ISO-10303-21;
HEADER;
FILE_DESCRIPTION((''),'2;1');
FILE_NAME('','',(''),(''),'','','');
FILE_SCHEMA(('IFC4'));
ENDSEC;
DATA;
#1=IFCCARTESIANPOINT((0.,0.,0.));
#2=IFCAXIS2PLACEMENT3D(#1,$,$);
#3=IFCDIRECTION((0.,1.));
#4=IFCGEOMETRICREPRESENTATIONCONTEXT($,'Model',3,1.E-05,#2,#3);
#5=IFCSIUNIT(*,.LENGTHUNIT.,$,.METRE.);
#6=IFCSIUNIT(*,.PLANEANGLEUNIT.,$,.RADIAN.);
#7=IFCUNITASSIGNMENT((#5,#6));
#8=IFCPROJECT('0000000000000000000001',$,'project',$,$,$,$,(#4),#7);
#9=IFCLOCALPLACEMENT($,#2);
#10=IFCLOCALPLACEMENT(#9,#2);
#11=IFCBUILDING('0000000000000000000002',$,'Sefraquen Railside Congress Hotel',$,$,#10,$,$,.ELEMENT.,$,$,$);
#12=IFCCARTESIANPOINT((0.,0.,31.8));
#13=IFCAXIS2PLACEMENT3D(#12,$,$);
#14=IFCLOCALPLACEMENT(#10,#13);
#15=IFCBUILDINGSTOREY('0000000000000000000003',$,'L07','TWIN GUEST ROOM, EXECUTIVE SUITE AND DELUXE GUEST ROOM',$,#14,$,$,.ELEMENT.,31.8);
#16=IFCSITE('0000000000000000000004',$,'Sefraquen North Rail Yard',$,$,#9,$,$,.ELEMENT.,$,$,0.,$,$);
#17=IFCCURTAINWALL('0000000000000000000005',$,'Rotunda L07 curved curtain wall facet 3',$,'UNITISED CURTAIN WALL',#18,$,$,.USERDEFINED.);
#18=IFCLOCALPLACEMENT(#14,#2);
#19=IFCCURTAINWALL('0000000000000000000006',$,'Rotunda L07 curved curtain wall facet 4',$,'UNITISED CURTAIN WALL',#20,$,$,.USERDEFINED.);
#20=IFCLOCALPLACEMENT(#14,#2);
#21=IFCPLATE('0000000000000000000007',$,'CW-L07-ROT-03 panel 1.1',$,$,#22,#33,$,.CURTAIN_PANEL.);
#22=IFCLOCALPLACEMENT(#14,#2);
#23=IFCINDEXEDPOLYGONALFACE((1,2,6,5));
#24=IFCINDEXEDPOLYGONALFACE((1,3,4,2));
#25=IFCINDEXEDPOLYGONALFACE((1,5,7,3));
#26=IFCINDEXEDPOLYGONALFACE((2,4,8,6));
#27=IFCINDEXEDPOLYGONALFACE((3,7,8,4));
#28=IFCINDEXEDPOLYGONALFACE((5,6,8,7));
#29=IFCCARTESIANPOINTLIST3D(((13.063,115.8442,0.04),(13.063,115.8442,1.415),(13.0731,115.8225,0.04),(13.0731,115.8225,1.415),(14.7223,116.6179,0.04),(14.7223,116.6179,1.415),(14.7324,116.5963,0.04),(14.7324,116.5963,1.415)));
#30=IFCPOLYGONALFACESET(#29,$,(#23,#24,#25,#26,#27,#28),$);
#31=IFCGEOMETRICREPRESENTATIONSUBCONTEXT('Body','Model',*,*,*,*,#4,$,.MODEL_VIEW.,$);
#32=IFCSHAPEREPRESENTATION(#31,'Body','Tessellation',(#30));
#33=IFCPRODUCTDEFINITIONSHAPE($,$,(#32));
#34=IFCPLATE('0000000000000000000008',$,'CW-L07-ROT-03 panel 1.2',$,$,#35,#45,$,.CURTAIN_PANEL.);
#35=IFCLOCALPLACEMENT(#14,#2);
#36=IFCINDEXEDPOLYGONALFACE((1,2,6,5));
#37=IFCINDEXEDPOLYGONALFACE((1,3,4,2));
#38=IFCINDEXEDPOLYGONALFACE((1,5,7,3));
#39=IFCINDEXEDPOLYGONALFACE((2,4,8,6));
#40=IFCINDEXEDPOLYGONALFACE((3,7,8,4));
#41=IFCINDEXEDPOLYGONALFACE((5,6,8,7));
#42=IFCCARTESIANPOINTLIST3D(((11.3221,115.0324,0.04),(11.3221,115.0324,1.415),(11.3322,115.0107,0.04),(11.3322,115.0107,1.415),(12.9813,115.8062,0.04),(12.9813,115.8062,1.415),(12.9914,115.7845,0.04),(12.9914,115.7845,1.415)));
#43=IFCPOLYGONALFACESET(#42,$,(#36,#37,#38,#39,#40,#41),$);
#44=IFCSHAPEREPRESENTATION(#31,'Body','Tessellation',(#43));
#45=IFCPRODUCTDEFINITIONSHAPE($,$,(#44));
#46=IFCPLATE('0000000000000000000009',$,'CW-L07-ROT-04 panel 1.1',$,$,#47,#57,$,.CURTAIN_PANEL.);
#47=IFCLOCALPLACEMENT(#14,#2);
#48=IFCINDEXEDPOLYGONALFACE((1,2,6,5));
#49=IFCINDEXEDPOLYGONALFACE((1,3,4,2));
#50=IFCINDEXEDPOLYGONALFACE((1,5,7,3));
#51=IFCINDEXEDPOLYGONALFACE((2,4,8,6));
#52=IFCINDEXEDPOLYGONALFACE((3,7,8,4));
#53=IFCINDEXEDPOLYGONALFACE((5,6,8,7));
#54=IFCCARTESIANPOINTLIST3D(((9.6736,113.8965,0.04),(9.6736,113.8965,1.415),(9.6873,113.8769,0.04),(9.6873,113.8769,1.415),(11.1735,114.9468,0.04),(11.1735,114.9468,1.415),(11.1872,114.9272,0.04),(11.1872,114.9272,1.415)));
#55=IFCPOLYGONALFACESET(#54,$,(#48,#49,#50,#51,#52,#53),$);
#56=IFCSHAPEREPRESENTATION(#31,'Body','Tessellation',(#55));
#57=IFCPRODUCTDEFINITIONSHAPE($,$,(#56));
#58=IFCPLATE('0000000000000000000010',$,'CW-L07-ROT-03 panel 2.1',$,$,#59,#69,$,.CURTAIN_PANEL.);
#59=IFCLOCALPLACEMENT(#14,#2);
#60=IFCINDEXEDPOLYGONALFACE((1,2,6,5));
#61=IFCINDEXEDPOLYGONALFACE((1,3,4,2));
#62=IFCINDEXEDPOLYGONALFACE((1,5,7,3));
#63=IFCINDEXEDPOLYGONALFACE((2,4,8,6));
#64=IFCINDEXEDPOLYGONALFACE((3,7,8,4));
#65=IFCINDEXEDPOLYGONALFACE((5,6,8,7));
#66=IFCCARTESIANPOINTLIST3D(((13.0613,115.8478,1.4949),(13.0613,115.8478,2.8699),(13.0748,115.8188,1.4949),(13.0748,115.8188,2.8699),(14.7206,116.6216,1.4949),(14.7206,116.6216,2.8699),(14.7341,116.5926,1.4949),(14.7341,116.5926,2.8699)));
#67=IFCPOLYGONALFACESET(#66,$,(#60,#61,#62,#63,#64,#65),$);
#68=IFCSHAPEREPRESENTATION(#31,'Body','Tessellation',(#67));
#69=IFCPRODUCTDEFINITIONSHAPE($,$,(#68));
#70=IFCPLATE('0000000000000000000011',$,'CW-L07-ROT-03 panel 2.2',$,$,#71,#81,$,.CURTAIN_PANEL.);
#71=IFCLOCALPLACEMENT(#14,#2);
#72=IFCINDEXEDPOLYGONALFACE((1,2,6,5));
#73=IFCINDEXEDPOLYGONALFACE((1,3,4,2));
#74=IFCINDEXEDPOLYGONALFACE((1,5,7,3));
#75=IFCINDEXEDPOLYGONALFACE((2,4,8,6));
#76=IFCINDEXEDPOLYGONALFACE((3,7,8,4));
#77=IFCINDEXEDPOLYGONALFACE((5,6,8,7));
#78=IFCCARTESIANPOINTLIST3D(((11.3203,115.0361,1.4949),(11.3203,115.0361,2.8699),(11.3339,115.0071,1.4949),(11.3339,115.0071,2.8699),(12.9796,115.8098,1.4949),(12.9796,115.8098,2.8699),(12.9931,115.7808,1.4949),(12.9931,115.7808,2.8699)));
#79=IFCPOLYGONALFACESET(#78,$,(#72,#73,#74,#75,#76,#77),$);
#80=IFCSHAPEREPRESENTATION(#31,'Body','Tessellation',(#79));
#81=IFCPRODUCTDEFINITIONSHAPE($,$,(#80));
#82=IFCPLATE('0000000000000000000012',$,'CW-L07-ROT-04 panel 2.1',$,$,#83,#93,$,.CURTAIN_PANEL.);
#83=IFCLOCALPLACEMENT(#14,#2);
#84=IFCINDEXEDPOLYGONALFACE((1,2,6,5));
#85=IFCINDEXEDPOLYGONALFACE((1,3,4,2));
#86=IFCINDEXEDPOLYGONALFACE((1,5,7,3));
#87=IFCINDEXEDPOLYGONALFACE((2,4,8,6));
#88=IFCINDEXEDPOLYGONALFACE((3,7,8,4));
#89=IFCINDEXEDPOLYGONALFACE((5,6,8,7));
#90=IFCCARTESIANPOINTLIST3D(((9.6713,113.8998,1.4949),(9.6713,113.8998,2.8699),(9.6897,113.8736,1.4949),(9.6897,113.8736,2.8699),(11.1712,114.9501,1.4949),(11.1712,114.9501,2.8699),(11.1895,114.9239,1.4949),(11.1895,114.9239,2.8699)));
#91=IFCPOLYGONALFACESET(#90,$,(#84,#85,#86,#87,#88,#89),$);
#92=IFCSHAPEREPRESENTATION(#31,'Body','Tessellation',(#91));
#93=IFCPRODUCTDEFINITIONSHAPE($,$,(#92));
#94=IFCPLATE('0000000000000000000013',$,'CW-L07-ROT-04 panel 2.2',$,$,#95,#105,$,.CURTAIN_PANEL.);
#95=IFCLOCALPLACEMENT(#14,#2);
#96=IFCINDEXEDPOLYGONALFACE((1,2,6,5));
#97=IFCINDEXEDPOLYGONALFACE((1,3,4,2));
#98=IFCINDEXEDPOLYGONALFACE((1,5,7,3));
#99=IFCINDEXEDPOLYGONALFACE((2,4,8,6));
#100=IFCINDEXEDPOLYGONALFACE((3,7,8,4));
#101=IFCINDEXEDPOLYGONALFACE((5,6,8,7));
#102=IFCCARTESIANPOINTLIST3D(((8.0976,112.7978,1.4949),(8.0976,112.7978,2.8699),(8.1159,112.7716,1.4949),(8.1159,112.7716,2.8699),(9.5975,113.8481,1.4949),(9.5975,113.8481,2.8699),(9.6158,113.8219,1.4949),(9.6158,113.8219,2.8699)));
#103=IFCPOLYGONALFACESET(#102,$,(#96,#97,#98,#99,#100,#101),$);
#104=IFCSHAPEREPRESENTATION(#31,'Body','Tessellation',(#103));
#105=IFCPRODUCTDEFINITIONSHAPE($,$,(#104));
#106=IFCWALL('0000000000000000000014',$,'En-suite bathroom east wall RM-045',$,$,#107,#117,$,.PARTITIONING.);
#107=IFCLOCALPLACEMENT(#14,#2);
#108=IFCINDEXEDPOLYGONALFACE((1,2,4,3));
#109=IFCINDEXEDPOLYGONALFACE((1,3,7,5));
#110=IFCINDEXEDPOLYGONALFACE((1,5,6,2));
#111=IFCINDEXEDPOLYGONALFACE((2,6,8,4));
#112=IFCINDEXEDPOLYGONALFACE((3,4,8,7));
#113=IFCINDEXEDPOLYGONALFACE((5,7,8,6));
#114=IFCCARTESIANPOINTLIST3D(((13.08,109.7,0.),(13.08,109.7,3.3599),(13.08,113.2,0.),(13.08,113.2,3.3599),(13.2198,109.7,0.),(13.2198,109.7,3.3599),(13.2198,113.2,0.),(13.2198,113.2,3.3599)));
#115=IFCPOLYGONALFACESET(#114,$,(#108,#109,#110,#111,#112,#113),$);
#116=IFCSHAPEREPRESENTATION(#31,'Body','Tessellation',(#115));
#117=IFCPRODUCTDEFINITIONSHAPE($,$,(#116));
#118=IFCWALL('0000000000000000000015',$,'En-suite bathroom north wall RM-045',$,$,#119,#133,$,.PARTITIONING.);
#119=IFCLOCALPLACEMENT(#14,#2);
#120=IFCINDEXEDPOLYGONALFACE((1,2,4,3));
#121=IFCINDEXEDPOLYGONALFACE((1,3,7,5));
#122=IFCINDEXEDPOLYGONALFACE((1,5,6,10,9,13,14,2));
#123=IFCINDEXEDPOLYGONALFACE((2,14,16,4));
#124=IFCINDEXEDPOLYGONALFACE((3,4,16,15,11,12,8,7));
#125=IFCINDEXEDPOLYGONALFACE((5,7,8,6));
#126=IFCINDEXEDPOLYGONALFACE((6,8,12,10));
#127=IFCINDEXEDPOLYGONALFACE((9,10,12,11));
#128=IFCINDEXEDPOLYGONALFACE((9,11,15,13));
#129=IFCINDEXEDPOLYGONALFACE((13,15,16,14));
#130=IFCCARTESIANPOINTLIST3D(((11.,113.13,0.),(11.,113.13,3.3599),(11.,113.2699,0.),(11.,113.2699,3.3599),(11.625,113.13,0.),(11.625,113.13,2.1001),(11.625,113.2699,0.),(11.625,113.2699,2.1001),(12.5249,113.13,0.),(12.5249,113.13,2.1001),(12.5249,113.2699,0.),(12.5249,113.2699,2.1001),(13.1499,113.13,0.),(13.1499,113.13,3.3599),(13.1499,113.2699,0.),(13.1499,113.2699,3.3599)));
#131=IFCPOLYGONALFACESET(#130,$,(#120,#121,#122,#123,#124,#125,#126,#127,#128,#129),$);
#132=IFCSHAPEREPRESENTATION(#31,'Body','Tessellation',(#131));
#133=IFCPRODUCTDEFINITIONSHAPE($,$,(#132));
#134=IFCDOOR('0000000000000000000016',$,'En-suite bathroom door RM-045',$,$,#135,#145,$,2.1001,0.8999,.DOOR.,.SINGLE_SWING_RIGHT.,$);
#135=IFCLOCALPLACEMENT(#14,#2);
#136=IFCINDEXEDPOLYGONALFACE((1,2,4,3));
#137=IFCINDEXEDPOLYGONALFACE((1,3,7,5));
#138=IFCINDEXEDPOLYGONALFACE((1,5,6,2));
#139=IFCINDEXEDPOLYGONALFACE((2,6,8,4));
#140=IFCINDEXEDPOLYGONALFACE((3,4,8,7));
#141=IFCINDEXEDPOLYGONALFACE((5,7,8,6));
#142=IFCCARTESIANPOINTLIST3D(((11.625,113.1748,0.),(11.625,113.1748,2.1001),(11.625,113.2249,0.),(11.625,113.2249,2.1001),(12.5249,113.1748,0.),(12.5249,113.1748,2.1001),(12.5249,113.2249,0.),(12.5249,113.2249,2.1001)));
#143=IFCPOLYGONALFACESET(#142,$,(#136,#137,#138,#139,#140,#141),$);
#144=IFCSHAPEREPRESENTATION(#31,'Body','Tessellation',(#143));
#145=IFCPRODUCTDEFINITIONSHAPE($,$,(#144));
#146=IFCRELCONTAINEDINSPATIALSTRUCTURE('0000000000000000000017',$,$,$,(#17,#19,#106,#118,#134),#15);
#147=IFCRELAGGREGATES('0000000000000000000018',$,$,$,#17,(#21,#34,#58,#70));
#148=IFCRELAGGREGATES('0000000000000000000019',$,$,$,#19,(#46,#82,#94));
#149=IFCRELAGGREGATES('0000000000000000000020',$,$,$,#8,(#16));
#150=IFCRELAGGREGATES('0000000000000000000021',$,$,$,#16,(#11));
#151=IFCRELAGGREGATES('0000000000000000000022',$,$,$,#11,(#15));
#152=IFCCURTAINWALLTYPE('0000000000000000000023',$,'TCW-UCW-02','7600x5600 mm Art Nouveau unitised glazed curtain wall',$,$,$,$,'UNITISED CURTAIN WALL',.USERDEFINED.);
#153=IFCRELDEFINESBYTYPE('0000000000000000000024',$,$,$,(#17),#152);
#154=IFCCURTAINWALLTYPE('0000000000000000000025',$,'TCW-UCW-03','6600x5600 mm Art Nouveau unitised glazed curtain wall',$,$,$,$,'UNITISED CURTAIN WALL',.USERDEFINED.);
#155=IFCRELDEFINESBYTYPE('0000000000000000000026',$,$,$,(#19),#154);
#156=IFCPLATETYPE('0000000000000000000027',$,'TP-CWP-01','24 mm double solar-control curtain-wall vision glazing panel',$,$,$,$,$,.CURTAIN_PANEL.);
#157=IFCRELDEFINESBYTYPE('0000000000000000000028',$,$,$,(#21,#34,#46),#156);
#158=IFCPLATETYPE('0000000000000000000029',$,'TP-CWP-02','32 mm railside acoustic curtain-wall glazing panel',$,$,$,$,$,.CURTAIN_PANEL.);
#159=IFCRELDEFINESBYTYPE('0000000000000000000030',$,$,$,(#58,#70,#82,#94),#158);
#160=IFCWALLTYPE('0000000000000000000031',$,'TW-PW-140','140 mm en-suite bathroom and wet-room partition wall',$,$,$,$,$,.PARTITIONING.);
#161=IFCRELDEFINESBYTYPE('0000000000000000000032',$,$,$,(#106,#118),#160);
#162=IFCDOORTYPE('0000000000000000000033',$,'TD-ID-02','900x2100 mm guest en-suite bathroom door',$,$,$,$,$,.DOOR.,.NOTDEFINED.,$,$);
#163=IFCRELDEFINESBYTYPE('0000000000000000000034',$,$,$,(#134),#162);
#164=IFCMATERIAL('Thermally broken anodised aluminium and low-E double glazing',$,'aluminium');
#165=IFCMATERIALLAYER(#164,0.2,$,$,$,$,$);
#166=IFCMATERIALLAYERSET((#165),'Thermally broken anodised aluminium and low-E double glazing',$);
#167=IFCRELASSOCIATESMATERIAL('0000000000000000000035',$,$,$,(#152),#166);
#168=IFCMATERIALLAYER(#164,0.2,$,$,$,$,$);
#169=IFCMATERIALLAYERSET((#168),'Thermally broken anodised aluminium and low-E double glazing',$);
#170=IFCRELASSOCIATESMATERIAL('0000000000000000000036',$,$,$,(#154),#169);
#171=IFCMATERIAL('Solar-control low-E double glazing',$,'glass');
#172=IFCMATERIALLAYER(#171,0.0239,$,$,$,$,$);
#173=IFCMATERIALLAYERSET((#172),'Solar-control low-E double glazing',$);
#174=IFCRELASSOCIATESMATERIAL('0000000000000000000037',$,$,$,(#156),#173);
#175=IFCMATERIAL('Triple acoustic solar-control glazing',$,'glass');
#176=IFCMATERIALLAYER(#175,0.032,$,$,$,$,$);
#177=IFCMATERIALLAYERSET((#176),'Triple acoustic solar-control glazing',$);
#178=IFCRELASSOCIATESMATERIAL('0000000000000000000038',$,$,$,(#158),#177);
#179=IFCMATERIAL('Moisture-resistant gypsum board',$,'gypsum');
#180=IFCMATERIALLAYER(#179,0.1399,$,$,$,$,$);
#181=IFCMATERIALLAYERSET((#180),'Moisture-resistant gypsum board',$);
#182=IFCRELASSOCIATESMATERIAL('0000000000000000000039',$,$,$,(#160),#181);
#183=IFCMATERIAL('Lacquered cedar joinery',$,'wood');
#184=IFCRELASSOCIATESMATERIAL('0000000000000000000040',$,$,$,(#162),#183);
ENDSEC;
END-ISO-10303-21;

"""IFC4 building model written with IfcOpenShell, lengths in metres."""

from ifc_helpers import new_model, si_unit, direction, frame, frame_2d, origin, origin_2d, place, context, subcontext, project, spatial, rectangle, extrude, material, layer, layer_set, type_object, element, fill, aggregate, save


model = new_model("IFC4")

# Units and contexts
model_context = context("Model", 3, precision=1e-05, world=origin(), true_north=direction((0.0, 1.0)))
body_context = subcontext(model_context, "Body", "Model", "MODEL_VIEW")
ifc_project = project(units=[si_unit("LENGTHUNIT", "METRE"), si_unit("PLANEANGLEUNIT", "RADIAN")], contexts=[model_context])

# Site, building, storey
site_placement = place(None, origin())
site = spatial("IfcSite", under=ifc_project, at=site_placement, Name="Sefraquen North Rail Yard", CompositionType="ELEMENT", RefElevation=0.0)
building_placement = place(site_placement, origin())
building = spatial("IfcBuilding", under=site, at=building_placement, Name="Sefraquen Railside Congress Hotel", CompositionType="ELEMENT")
storey_placement = place(building_placement, frame((0.0, 0.0, 31.8)))
storey = spatial("IfcBuildingStorey", under=building, at=storey_placement, Name="L07", Description="TWIN GUEST ROOM, EXECUTIVE SUITE AND DELUXE GUEST ROOM", CompositionType="ELEMENT", Elevation=31.8)

# Curtain walls
ifc_material_1 = material(Name="Thermally broken anodised aluminium and low-E double glazing", Category="aluminium")
ifc_layer_1 = layer(ifc_material_1, 0.2)
ifc_layer_set_1 = layer_set([ifc_layer_1], Name="Thermally broken anodised aluminium and low-E double glazing")
curtain_wall_type_1 = type_object("IfcCurtainWallType", Name="TCW-UCW-02", Description="7600x5600 mm Art Nouveau unitised glazed curtain wall", ElementType="UNITISED CURTAIN WALL", PredefinedType="USERDEFINED", material=ifc_layer_set_1)
curtain_wall_1_placement = place(storey_placement, origin())
curtain_wall_1 = element("IfcCurtainWall", 1, at=curtain_wall_1_placement, inside=storey, type_object=curtain_wall_type_1, Name="Rotunda L07 curved curtain wall facet 3", ObjectType="UNITISED CURTAIN WALL", PredefinedType="USERDEFINED")
ifc_layer_2 = layer(ifc_material_1, 0.2)
ifc_layer_set_2 = layer_set([ifc_layer_2], Name="Thermally broken anodised aluminium and low-E double glazing")
curtain_wall_type_2 = type_object("IfcCurtainWallType", Name="TCW-UCW-03", Description="6600x5600 mm Art Nouveau unitised glazed curtain wall", ElementType="UNITISED CURTAIN WALL", PredefinedType="USERDEFINED", material=ifc_layer_set_2)
curtain_wall_2_placement = place(storey_placement, origin())
curtain_wall_2 = element("IfcCurtainWall", 2, at=curtain_wall_2_placement, inside=storey, type_object=curtain_wall_type_2, Name="Rotunda L07 curved curtain wall facet 4", ObjectType="UNITISED CURTAIN WALL", PredefinedType="USERDEFINED")

# Plates
ifc_material_2 = material(Name="Solar-control low-E double glazing", Category="glass")
ifc_layer_3 = layer(ifc_material_2, 0.0239)
ifc_layer_set_3 = layer_set([ifc_layer_3], Name="Solar-control low-E double glazing")
plate_type_1 = type_object("IfcPlateType", Name="TP-CWP-01", Description="24 mm double solar-control curtain-wall vision glazing panel", PredefinedType="CURTAIN_PANEL", material=ifc_layer_set_3)
plate_1_placement = place(storey_placement, frame((13.8977, 116.2202, 0.04), z_axis=(0.0, 0.0, 1.0), x_axis=(-0.9063, -0.422634, 0.0)))
plate_1 = element("IfcPlate", 3, at=plate_1_placement, type_object=plate_type_1, Name="CW-L07-ROT-03 panel 1.1", PredefinedType="CURTAIN_PANEL", context=body_context, shape_type="SweptSolid", body=[
    extrude(rectangle(XDim=1.8308, YDim=0.0239, at=origin_2d()), origin(), (0.0, 0.0, 1.0), 1.375),
])
plate_2_placement = place(storey_placement, frame((12.1567, 115.4084, 0.04), z_axis=(0.0, 0.0, 1.0), x_axis=(-0.9063, -0.422634, 0.0)))
plate_2 = element("IfcPlate", 4, at=plate_2_placement, type_object=plate_type_1, Name="CW-L07-ROT-03 panel 1.2", PredefinedType="CURTAIN_PANEL", context=body_context, shape_type="SweptSolid", body=[
    extrude(rectangle(XDim=1.8308, YDim=0.0239, at=origin_2d()), origin(), (0.0, 0.0, 1.0), 1.375),
])
plate_3_placement = place(storey_placement, frame((10.4304, 114.4119, 0.04), z_axis=(0.0, 0.0, 1.0), x_axis=(-0.819132, -0.573605, 0.0)))
plate_3 = element("IfcPlate", 5, at=plate_3_placement, type_object=plate_type_1, Name="CW-L07-ROT-04 panel 1.1", PredefinedType="CURTAIN_PANEL", context=body_context, shape_type="SweptSolid", body=[
    extrude(rectangle(XDim=1.8311, YDim=0.0239, at=origin_2d()), origin(), (0.0, 0.0, 1.0), 1.375),
])
ifc_material_3 = material(Name="Triple acoustic solar-control glazing", Category="glass")
ifc_layer_4 = layer(ifc_material_3, 0.032)
ifc_layer_set_4 = layer_set([ifc_layer_4], Name="Triple acoustic solar-control glazing")
plate_type_2 = type_object("IfcPlateType", Name="TP-CWP-02", Description="32 mm railside acoustic curtain-wall glazing panel", PredefinedType="CURTAIN_PANEL", material=ifc_layer_set_4)
plate_4_placement = place(storey_placement, frame((13.8977, 116.2202, 1.4949), z_axis=(0.0, 0.0, 1.0), x_axis=(-0.9063, -0.422634, 0.0)))
plate_4 = element("IfcPlate", 6, at=plate_4_placement, type_object=plate_type_2, Name="CW-L07-ROT-03 panel 2.1", PredefinedType="CURTAIN_PANEL", context=body_context, shape_type="SweptSolid", body=[
    extrude(rectangle(XDim=1.8308, YDim=0.032, at=origin_2d()), origin(), (0.0, 0.0, 1.0), 1.375),
])
plate_5_placement = place(storey_placement, frame((12.1567, 115.4084, 1.4949), z_axis=(0.0, 0.0, 1.0), x_axis=(-0.9063, -0.422634, 0.0)))
plate_5 = element("IfcPlate", 7, at=plate_5_placement, type_object=plate_type_2, Name="CW-L07-ROT-03 panel 2.2", PredefinedType="CURTAIN_PANEL", context=body_context, shape_type="SweptSolid", body=[
    extrude(rectangle(XDim=1.8308, YDim=0.032, at=origin_2d()), origin(), (0.0, 0.0, 1.0), 1.375),
])
aggregate(curtain_wall_1, [plate_1, plate_2, plate_4, plate_5])
plate_6_placement = place(storey_placement, frame((10.4304, 114.4119, 1.4949), z_axis=(0.0, 0.0, 1.0), x_axis=(-0.819132, -0.573605, 0.0)))
plate_6 = element("IfcPlate", 8, at=plate_6_placement, type_object=plate_type_2, Name="CW-L07-ROT-04 panel 2.1", PredefinedType="CURTAIN_PANEL", context=body_context, shape_type="SweptSolid", body=[
    extrude(rectangle(XDim=1.8311, YDim=0.032, at=origin_2d()), origin(), (0.0, 0.0, 1.0), 1.375),
])
plate_7_placement = place(storey_placement, frame((8.8567, 113.3098, 1.4949), z_axis=(0.0, 0.0, 1.0), x_axis=(-0.819132, -0.573605, 0.0)))
plate_7 = element("IfcPlate", 9, at=plate_7_placement, type_object=plate_type_2, Name="CW-L07-ROT-04 panel 2.2", PredefinedType="CURTAIN_PANEL", context=body_context, shape_type="SweptSolid", body=[
    extrude(rectangle(XDim=1.8311, YDim=0.032, at=origin_2d()), origin(), (0.0, 0.0, 1.0), 1.375),
])
aggregate(curtain_wall_2, [plate_3, plate_6, plate_7])

# Wall
ifc_material_4 = material(Name="Moisture-resistant gypsum board", Category="gypsum")
ifc_layer_5 = layer(ifc_material_4, 0.1399)
ifc_layer_set_5 = layer_set([ifc_layer_5], Name="Moisture-resistant gypsum board")
wall_type = type_object("IfcWallType", Name="TW-PW-140", Description="140 mm en-suite bathroom and wet-room partition wall", PredefinedType="PARTITIONING", material=ifc_layer_set_5)
wall_1_placement = place(storey_placement, frame((13.1499, 109.7, 0.0), z_axis=(0.0, 0.0, 1.0), x_axis=(0.0, 1.0, 0.0)))
element("IfcWall", 10, at=wall_1_placement, inside=storey, type_object=wall_type, Name="En-suite bathroom east wall RM-045", PredefinedType="PARTITIONING", context=body_context, shape_type="SweptSolid", body=[
    extrude(rectangle(XDim=3.5, YDim=0.1399, at=frame_2d((1.75, 0.0))), origin(), (0.0, 0.0, 1.0), 3.3599),
])

# Wall, opening, door
wall_2_placement = place(storey_placement, frame((11.0, 113.2, 0.0), z_axis=(0.0, 0.0, 1.0), x_axis=(1.0, 0.0, 0.0)))
wall_2 = element("IfcWall", 11, at=wall_2_placement, inside=storey, type_object=wall_type, Name="En-suite bathroom north wall RM-045", PredefinedType="PARTITIONING", context=body_context, shape_type="SweptSolid", body=[
    extrude(rectangle(XDim=2.1499, YDim=0.1399, at=frame_2d((1.075, 0.0))), origin(), (0.0, 0.0, 1.0), 3.3599),
])
opening_placement = place(wall_2_placement, frame((0.625, 0.0, 0.0)))
opening = element("IfcOpeningElement", 12, at=opening_placement, cuts=wall_2, PredefinedType="OPENING", context=body_context, shape_type="SweptSolid", body=[
    extrude(rectangle(XDim=0.8999, YDim=2.1001, at=frame_2d((0.45, 1.05))), frame((0.0, 0.0798, 0.0), z_axis=(0.0, -1.0, 0.0), x_axis=(1.0, 0.0, 0.0)), (0.0, 0.0, 1.0), 0.1599),
])
ifc_material_5 = material(Name="Lacquered cedar joinery", Category="wood")
door_type = type_object("IfcDoorType", Name="TD-ID-02", Description="900x2100 mm guest en-suite bathroom door", OperationType="NOTDEFINED", PredefinedType="DOOR", material=ifc_material_5)
door_placement = place(opening_placement, origin())
door = element("IfcDoor", 13, at=door_placement, inside=storey, type_object=door_type, Name="En-suite bathroom door RM-045", OperationType="SINGLE_SWING_RIGHT", OverallHeight=2.1001, OverallWidth=0.8999, PredefinedType="DOOR", context=body_context, shape_type="SweptSolid", body=[
    extrude(rectangle(XDim=0.8999, YDim=2.1001, at=frame_2d((0.45, 1.05))), frame((0.0, 0.0249, 0.0), z_axis=(0.0, -1.0, 0.0), x_axis=(1.0, 0.0, 0.0)), (0.0, 0.0, 1.0), 0.05),
])
fill(opening, door)

save(model, "model.ifc")
